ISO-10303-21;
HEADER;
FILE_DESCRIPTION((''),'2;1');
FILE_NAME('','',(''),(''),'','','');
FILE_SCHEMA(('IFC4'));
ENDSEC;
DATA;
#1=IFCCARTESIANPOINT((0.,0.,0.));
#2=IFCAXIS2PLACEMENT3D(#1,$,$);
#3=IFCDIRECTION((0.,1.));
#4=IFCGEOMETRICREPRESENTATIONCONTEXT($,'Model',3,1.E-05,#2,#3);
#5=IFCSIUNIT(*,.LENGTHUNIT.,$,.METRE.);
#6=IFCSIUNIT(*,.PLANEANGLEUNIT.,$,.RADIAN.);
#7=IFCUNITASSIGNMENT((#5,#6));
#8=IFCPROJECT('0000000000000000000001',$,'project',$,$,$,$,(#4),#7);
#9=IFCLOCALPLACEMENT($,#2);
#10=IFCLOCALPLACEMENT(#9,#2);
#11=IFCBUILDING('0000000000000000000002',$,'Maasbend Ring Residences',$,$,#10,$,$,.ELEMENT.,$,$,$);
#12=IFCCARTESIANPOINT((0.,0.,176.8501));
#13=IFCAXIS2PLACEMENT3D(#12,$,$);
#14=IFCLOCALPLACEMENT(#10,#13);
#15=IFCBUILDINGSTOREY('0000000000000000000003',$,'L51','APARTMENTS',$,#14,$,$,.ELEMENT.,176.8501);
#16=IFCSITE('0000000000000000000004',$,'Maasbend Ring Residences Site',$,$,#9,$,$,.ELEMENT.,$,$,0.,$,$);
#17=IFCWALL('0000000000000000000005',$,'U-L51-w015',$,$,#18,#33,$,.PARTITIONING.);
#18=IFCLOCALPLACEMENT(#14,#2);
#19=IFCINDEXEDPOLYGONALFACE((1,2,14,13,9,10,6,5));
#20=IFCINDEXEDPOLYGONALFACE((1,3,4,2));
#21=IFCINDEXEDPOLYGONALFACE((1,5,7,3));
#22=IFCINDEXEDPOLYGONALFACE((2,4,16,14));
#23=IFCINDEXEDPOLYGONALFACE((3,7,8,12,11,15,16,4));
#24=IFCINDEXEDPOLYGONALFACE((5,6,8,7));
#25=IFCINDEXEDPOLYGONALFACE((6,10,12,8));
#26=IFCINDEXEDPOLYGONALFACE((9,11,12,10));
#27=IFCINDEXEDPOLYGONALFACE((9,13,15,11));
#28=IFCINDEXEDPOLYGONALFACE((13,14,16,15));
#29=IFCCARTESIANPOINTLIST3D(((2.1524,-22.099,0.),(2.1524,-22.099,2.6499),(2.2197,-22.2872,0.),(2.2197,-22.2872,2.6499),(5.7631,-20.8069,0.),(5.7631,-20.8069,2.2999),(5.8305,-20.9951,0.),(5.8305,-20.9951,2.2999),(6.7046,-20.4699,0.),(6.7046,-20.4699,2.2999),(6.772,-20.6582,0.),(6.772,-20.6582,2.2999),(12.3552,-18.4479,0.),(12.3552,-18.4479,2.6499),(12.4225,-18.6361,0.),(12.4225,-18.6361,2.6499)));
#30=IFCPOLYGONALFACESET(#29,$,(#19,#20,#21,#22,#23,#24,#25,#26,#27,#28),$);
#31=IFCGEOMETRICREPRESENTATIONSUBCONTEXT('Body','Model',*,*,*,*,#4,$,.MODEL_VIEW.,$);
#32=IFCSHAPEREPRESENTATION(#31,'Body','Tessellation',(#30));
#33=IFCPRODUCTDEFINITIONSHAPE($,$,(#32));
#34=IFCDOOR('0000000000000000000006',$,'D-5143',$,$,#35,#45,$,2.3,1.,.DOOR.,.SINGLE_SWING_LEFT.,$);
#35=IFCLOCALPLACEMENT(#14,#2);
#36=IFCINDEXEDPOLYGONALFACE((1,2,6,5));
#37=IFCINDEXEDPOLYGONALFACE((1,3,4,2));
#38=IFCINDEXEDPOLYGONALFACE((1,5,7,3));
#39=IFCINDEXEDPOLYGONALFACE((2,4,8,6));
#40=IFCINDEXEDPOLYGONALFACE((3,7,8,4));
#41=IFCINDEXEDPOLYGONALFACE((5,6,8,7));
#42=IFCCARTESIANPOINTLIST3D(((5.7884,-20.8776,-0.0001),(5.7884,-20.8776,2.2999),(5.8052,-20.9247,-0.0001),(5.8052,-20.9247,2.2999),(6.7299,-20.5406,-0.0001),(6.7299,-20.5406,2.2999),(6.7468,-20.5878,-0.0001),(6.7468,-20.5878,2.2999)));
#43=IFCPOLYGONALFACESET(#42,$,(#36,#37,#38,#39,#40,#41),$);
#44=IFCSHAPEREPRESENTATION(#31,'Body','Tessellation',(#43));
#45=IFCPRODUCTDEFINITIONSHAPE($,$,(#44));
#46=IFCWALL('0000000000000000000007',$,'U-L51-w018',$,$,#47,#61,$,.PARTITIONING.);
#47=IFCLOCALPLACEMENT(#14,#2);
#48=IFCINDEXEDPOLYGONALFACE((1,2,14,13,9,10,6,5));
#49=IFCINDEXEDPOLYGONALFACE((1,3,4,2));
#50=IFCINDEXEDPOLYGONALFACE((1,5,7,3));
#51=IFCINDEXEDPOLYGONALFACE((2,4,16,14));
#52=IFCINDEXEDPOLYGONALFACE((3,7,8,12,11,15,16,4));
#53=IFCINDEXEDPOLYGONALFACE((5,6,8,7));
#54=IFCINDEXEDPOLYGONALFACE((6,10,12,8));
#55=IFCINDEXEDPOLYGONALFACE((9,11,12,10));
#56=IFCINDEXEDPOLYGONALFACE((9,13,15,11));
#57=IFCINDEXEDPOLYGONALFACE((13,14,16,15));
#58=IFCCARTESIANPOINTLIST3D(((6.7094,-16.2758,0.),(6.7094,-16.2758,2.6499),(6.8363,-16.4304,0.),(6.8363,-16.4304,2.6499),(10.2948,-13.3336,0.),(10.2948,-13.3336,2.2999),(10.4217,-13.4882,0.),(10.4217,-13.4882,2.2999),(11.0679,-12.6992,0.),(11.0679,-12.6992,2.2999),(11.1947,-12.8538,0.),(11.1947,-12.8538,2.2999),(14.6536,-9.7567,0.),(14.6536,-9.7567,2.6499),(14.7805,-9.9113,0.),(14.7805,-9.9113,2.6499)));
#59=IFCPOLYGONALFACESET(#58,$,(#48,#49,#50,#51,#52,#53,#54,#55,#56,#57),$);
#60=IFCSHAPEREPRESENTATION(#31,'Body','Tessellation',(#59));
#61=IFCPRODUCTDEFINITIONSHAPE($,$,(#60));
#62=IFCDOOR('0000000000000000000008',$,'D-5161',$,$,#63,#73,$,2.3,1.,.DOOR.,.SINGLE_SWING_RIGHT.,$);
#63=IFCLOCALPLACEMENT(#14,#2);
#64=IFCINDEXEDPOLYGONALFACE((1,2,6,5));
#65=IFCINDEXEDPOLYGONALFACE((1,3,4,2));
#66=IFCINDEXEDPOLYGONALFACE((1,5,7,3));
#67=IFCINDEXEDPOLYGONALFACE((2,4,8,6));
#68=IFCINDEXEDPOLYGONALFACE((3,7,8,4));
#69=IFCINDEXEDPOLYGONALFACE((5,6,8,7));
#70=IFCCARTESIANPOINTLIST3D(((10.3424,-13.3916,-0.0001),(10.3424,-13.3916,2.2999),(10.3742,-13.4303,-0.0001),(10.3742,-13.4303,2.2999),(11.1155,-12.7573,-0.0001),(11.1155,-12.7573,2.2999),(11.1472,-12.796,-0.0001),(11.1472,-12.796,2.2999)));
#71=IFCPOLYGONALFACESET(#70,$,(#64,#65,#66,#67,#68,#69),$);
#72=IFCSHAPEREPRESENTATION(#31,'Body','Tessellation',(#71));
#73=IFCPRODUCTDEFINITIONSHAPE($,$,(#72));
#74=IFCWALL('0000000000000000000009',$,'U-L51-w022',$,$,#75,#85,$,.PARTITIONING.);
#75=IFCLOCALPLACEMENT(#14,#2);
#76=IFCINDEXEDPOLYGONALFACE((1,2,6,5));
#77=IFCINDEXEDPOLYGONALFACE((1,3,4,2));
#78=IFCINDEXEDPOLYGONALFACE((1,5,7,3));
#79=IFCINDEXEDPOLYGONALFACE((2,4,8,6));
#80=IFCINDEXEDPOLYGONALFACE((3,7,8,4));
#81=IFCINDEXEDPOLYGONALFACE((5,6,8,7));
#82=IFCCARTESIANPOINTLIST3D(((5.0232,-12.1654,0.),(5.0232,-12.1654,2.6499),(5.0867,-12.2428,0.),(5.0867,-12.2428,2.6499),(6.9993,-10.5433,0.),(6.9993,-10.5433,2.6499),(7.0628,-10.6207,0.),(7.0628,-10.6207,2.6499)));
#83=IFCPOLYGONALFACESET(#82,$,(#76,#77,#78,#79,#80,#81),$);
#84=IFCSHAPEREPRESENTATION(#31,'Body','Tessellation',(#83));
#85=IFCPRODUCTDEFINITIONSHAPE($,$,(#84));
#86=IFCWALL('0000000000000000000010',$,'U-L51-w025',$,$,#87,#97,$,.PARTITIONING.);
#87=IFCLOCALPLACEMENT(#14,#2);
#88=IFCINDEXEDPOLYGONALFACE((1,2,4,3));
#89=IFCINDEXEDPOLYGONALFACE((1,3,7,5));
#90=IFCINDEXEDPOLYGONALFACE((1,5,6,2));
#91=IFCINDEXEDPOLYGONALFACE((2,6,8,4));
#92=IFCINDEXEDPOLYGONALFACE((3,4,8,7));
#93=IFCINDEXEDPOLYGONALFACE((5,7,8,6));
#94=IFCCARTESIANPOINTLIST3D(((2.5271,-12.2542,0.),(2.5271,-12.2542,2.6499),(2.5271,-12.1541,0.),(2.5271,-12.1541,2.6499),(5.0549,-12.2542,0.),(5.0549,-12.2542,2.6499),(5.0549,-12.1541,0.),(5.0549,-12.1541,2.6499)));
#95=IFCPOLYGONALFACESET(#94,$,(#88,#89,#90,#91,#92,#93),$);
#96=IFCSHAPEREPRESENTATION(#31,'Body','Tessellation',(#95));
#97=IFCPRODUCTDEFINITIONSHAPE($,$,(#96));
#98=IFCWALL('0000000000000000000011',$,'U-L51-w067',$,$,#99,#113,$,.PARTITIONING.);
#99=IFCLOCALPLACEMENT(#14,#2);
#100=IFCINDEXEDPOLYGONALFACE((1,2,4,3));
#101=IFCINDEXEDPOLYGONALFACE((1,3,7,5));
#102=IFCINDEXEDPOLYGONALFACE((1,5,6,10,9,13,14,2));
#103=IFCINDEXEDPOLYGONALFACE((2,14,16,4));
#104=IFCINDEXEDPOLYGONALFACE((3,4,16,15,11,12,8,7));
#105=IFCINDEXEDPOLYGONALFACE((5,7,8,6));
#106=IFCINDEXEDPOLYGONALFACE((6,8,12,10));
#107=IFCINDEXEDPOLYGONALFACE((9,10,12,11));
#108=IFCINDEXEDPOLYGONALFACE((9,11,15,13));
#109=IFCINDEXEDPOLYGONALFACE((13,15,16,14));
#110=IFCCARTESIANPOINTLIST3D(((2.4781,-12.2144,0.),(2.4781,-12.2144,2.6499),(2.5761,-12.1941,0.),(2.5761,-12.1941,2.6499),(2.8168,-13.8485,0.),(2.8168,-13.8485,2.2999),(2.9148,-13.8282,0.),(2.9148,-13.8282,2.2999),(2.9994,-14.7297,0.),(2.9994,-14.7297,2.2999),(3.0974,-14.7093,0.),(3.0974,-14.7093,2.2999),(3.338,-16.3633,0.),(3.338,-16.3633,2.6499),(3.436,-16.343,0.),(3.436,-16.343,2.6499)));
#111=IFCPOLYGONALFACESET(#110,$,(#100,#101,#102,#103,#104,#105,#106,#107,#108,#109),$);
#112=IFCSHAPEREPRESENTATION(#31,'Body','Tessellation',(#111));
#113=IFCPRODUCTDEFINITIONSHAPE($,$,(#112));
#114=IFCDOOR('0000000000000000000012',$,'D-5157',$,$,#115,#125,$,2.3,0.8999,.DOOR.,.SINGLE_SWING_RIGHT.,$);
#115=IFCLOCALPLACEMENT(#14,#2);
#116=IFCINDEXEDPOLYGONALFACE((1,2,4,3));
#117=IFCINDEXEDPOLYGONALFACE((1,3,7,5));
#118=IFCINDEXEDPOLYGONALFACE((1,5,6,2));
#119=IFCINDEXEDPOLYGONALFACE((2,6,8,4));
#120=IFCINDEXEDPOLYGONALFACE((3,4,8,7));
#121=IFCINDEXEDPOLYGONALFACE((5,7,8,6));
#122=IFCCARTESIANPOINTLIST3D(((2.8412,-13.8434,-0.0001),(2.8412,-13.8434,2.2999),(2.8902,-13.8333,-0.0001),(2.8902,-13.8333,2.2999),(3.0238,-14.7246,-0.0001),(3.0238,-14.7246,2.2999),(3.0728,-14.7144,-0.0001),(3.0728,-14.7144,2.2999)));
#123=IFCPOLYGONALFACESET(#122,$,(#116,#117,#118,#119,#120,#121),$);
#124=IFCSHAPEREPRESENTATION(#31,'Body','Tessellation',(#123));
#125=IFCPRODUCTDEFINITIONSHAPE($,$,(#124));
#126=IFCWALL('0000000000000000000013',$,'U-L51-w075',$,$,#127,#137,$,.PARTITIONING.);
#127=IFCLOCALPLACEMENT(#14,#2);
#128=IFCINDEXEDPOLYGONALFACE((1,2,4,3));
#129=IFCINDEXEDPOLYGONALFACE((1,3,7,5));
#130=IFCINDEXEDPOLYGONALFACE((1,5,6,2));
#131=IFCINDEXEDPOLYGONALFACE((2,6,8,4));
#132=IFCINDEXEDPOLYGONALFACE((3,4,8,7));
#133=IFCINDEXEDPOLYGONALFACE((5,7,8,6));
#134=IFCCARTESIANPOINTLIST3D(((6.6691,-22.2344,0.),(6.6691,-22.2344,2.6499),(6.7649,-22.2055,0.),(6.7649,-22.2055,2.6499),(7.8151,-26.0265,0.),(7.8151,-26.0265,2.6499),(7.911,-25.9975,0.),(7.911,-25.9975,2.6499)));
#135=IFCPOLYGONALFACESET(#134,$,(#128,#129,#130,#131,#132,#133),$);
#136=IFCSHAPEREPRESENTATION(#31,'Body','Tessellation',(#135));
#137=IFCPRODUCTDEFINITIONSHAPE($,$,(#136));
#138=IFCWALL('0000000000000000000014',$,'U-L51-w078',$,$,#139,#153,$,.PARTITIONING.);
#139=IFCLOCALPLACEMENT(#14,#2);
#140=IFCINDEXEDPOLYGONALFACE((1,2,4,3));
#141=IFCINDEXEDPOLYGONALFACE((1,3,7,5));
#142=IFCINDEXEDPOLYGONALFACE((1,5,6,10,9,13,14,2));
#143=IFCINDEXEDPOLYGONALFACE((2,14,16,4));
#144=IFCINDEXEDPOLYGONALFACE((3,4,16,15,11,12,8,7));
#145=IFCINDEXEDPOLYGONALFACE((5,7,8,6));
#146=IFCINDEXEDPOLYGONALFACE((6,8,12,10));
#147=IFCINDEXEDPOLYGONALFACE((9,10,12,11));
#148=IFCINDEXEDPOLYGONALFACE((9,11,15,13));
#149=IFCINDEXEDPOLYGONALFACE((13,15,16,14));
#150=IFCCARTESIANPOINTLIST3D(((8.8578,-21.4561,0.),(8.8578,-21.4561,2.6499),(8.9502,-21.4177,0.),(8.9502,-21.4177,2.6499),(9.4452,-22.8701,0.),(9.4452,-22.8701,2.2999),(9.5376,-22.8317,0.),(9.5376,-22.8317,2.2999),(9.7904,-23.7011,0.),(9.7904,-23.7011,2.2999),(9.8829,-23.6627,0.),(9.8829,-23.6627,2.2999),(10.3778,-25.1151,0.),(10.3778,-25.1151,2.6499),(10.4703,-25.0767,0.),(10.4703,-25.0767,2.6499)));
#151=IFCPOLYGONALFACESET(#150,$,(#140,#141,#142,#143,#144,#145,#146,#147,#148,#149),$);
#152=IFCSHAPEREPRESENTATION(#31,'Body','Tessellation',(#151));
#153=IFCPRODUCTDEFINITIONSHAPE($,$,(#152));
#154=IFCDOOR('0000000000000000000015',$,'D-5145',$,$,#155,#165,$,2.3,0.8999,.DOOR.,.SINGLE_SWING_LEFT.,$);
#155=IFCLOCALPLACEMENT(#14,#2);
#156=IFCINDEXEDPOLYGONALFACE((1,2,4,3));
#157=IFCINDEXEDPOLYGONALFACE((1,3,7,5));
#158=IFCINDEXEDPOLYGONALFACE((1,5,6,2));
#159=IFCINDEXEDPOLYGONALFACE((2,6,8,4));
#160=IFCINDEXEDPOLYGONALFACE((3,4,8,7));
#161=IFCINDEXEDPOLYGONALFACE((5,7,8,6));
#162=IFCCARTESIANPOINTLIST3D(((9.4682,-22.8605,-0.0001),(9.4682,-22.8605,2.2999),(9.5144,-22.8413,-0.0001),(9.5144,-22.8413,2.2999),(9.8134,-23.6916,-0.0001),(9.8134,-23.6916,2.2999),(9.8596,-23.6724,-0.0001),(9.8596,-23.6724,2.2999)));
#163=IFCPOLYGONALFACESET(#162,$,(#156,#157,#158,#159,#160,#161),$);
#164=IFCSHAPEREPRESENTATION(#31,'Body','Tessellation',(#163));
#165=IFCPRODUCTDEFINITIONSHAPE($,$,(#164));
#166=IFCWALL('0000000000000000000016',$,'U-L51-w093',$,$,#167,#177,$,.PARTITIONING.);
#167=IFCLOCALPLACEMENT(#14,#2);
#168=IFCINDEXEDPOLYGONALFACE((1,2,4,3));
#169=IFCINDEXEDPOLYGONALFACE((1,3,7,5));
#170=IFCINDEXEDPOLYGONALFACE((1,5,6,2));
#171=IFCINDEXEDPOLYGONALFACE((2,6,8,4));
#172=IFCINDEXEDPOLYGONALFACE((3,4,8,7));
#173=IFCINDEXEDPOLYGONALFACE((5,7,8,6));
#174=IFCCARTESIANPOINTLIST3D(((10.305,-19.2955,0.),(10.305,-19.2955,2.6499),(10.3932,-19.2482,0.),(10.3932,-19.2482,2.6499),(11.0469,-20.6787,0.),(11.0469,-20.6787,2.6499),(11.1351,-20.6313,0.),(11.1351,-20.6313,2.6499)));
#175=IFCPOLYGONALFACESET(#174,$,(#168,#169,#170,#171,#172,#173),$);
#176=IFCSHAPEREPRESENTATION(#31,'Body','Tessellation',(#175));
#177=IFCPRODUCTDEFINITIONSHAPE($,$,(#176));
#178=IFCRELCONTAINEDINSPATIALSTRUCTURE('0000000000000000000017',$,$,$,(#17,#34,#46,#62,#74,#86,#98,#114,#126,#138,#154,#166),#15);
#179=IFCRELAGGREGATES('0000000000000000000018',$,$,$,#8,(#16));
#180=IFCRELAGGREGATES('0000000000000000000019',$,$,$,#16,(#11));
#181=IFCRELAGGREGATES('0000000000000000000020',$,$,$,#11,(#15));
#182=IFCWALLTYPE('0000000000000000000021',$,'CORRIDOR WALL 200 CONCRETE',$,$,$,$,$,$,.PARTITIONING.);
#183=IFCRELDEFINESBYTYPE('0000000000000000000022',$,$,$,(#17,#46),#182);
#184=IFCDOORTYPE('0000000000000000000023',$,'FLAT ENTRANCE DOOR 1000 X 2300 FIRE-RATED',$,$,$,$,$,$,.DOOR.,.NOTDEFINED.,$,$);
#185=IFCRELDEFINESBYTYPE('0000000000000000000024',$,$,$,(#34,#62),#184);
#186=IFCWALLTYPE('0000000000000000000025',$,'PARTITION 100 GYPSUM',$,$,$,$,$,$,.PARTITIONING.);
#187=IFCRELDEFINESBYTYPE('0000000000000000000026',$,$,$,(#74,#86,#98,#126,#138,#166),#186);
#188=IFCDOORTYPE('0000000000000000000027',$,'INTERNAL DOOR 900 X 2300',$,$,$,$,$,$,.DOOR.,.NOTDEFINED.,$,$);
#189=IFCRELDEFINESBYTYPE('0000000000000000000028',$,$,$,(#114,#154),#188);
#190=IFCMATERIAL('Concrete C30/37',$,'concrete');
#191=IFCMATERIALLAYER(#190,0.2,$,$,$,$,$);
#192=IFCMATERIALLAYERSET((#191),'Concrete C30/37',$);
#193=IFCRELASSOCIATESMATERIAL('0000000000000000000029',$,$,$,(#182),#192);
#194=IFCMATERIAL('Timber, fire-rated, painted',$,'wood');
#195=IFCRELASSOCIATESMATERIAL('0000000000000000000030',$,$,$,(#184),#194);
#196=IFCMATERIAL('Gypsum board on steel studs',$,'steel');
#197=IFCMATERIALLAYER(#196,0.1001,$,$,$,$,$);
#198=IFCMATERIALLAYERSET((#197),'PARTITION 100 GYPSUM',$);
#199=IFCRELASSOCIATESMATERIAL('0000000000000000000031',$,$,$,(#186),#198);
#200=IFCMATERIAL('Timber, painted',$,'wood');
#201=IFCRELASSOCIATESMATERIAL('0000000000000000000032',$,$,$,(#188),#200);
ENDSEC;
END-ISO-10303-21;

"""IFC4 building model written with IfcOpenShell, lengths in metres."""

from ifc_helpers import new_model, si_unit, direction, frame, frame_2d, origin, place, context, subcontext, project, spatial, rectangle, extrude, material, layer, layer_set, type_object, element, fill, save


model = new_model("IFC4")

# Units and contexts
model_context = context("Model", 3, precision=1e-05, world=origin(), true_north=direction((0.0, 1.0)))
body_context = subcontext(model_context, "Body", "Model", "MODEL_VIEW")
ifc_project = project(units=[si_unit("LENGTHUNIT", "METRE"), si_unit("PLANEANGLEUNIT", "RADIAN")], contexts=[model_context])

# Site, building, storey
site_placement = place(None, origin())
site = spatial("IfcSite", under=ifc_project, at=site_placement, Name="Maasbend Ring Residences Site", CompositionType="ELEMENT", RefElevation=0.0)
building_placement = place(site_placement, origin())
building = spatial("IfcBuilding", under=site, at=building_placement, Name="Maasbend Ring Residences", CompositionType="ELEMENT")
storey_placement = place(building_placement, frame((0.0, 0.0, 176.8501)))
storey = spatial("IfcBuildingStorey", under=building, at=storey_placement, Name="L51", Description="APARTMENTS", CompositionType="ELEMENT", Elevation=176.8501)

# Walls, openings, doors
ifc_material_1 = material(Name="Concrete C30/37", Category="concrete")
ifc_layer_1 = layer(ifc_material_1, 0.2)
ifc_layer_set_1 = layer_set([ifc_layer_1], Name="Concrete C30/37")
wall_type_1 = type_object("IfcWallType", Name="CORRIDOR WALL 200 CONCRETE", PredefinedType="PARTITIONING", material=ifc_layer_set_1)
wall_1_placement = place(storey_placement, frame((2.186, -22.1931, 0.0), z_axis=(0.0, 0.0, 1.0), x_axis=(0.94153, 0.336929, 0.0)))
wall_1 = element("IfcWall", 1, at=wall_1_placement, inside=storey, type_object=wall_type_1, Name="U-L51-w015", PredefinedType="PARTITIONING", context=body_context, shape_type="SweptSolid", body=[
    extrude(rectangle(XDim=10.8364, YDim=0.2, at=frame_2d((5.4182, 0.0))), origin(), (0.0, 0.0, 1.0), 2.6499),
])
opening_1_placement = place(wall_1_placement, frame((3.835, 0.0, 0.0)))
opening_1 = element("IfcOpeningElement", 2, at=opening_1_placement, cuts=wall_1, PredefinedType="OPENING", context=body_context, shape_type="SweptSolid", body=[
    extrude(rectangle(XDim=1.0, YDim=2.3, at=frame_2d((0.5, 1.1499))), frame((0.0, 0.1099, 0.0), z_axis=(0.0, -1.0, 0.0), x_axis=(1.0, 0.0, 0.0)), (0.0, 0.0, 1.0), 0.22),
])
ifc_material_2 = material(Name="Timber, fire-rated, painted", Category="wood")
door_type_1 = type_object("IfcDoorType", Name="FLAT ENTRANCE DOOR 1000 X 2300 FIRE-RATED", OperationType="NOTDEFINED", PredefinedType="DOOR", material=ifc_material_2)
door_1_placement = place(opening_1_placement, origin())
door_1 = element("IfcDoor", 3, at=door_1_placement, inside=storey, type_object=door_type_1, Name="D-5143", OperationType="SINGLE_SWING_LEFT", OverallHeight=2.3, OverallWidth=1.0, PredefinedType="DOOR", context=body_context, shape_type="SweptSolid", body=[
    extrude(rectangle(XDim=1.0, YDim=2.3, at=frame_2d((0.5, 1.1499))), frame((0.0, 0.0249, 0.0), z_axis=(0.0, -1.0, 0.0), x_axis=(1.0, 0.0, 0.0)), (0.0, 0.0, 1.0), 0.05),
])
fill(opening_1, door_1)
wall_2_placement = place(storey_placement, frame((6.7729, -16.353, 0.0), z_axis=(0.0, 0.0, 1.0), x_axis=(0.773035, 0.634364, 0.0)))
wall_2 = element("IfcWall", 4, at=wall_2_placement, inside=storey, type_object=wall_type_1, Name="U-L51-w018", PredefinedType="PARTITIONING", context=body_context, shape_type="SweptSolid", body=[
    extrude(rectangle(XDim=10.2766, YDim=0.2, at=frame_2d((5.1382, 0.0))), origin(), (0.0, 0.0, 1.0), 2.6499),
])
opening_2_placement = place(wall_2_placement, frame((4.6379, 0.0, 0.0)))
opening_2 = element("IfcOpeningElement", 5, at=opening_2_placement, cuts=wall_2, PredefinedType="OPENING", context=body_context, shape_type="SweptSolid", body=[
    extrude(rectangle(XDim=1.0, YDim=2.3, at=frame_2d((0.5, 1.1499))), frame((0.0, 0.1099, 0.0), z_axis=(0.0, -1.0, 0.0), x_axis=(1.0, 0.0, 0.0)), (0.0, 0.0, 1.0), 0.22),
])
door_2_placement = place(opening_2_placement, origin())
door_2 = element("IfcDoor", 6, at=door_2_placement, inside=storey, type_object=door_type_1, Name="D-5161", OperationType="SINGLE_SWING_RIGHT", OverallHeight=2.3, OverallWidth=1.0, PredefinedType="DOOR", context=body_context, shape_type="SweptSolid", body=[
    extrude(rectangle(XDim=1.0, YDim=2.3, at=frame_2d((0.5, 1.1499))), frame((0.0, 0.0249, 0.0), z_axis=(0.0, -1.0, 0.0), x_axis=(1.0, 0.0, 0.0)), (0.0, 0.0, 1.0), 0.05),
])
fill(opening_2, door_2)

# Walls
ifc_material_3 = material(Name="Gypsum board on steel studs", Category="steel")
ifc_layer_2 = layer(ifc_material_3, 0.1001)
ifc_layer_set_2 = layer_set([ifc_layer_2], Name="PARTITION 100 GYPSUM")
wall_type_2 = type_object("IfcWallType", Name="PARTITION 100 GYPSUM", PredefinedType="PARTITIONING", material=ifc_layer_set_2)
wall_3_placement = place(storey_placement, frame((5.0549, -12.2041, 0.0), z_axis=(0.0, 0.0, 1.0), x_axis=(0.772944, 0.634475, 0.0)))
element("IfcWall", 7, at=wall_3_placement, inside=storey, type_object=wall_type_2, Name="U-L51-w022", PredefinedType="PARTITIONING", context=body_context, shape_type="SweptSolid", body=[
    extrude(rectangle(XDim=2.5566, YDim=0.1001, at=frame_2d((1.2783, 0.0))), origin(), (0.0, 0.0, 1.0), 2.6499),
])
wall_4_placement = place(storey_placement, frame((2.5271, -12.2041, 0.0), z_axis=(0.0, 0.0, 1.0), x_axis=(1.0, 0.0, 0.0)))
element("IfcWall", 8, at=wall_4_placement, inside=storey, type_object=wall_type_2, Name="U-L51-w025", PredefinedType="PARTITIONING", context=body_context, shape_type="SweptSolid", body=[
    extrude(rectangle(XDim=2.5278, YDim=0.1001, at=frame_2d((1.2639, 0.0))), origin(), (0.0, 0.0, 1.0), 2.6499),
])

# Wall, opening, door
wall_5_placement = place(storey_placement, frame((2.5271, -12.2041, 0.0), z_axis=(0.0, 0.0, 1.0), x_axis=(0.202937, -0.979192, 0.0)))
wall_5 = element("IfcWall", 9, at=wall_5_placement, inside=storey, type_object=wall_type_2, Name="U-L51-w067", PredefinedType="PARTITIONING", context=body_context, shape_type="SweptSolid", body=[
    extrude(rectangle(XDim=4.2371, YDim=0.1001, at=frame_2d((2.1187, 0.0))), origin(), (0.0, 0.0, 1.0), 2.6499),
])
opening_3_placement = place(wall_5_placement, frame((1.6689, 0.0, 0.0)))
opening_3 = element("IfcOpeningElement", 10, at=opening_3_placement, cuts=wall_5, PredefinedType="OPENING", context=body_context, shape_type="SweptSolid", body=[
    extrude(rectangle(XDim=0.8999, YDim=2.3, at=frame_2d((0.45, 1.1499))), frame((0.0, 0.0601, 0.0), z_axis=(0.0, -1.0, 0.0), x_axis=(1.0, 0.0, 0.0)), (0.0, 0.0, 1.0), 0.1201),
])
ifc_material_4 = material(Name="Timber, painted", Category="wood")
door_type_2 = type_object("IfcDoorType", Name="INTERNAL DOOR 900 X 2300", OperationType="NOTDEFINED", PredefinedType="DOOR", material=ifc_material_4)
door_3_placement = place(opening_3_placement, origin())
door_3 = element("IfcDoor", 11, at=door_3_placement, inside=storey, type_object=door_type_2, Name="D-5157", OperationType="SINGLE_SWING_RIGHT", OverallHeight=2.3, OverallWidth=0.8999, PredefinedType="DOOR", context=body_context, shape_type="SweptSolid", body=[
    extrude(rectangle(XDim=0.8999, YDim=2.3, at=frame_2d((0.45, 1.1499))), frame((0.0, 0.0249, 0.0), z_axis=(0.0, -1.0, 0.0), x_axis=(1.0, 0.0, 0.0)), (0.0, 0.0, 1.0), 0.05),
])
fill(opening_3, door_3)

# Wall
wall_6_placement = place(storey_placement, frame((6.717, -22.22, 0.0), z_axis=(0.0, 0.0, 1.0), x_axis=(0.289292, -0.957241, 0.0)))
element("IfcWall", 12, at=wall_6_placement, inside=storey, type_object=wall_type_2, Name="U-L51-w075", PredefinedType="PARTITIONING", context=body_context, shape_type="SweptSolid", body=[
    extrude(rectangle(XDim=3.9614, YDim=0.1001, at=frame_2d((1.9807, 0.0))), origin(), (0.0, 0.0, 1.0), 2.6499),
])

# Wall, opening, door
wall_7_placement = place(storey_placement, frame((8.9041, -21.437, 0.0), z_axis=(0.0, 0.0, 1.0), x_axis=(0.383639, -0.923483, 0.0)))
wall_7 = element("IfcWall", 13, at=wall_7_placement, inside=storey, type_object=wall_type_2, Name="U-L51-w078", PredefinedType="PARTITIONING", context=body_context, shape_type="SweptSolid", body=[
    extrude(rectangle(XDim=3.9622, YDim=0.1001, at=frame_2d((1.981, 0.0))), origin(), (0.0, 0.0, 1.0), 2.6499),
])
opening_4_placement = place(wall_7_placement, frame((1.531, 0.0, 0.0)))
opening_4 = element("IfcOpeningElement", 14, at=opening_4_placement, cuts=wall_7, PredefinedType="OPENING", context=body_context, shape_type="SweptSolid", body=[
    extrude(rectangle(XDim=0.8999, YDim=2.3, at=frame_2d((0.45, 1.1499))), frame((0.0, 0.0601, 0.0), z_axis=(0.0, -1.0, 0.0), x_axis=(1.0, 0.0, 0.0)), (0.0, 0.0, 1.0), 0.1201),
])
door_4_placement = place(opening_4_placement, origin())
door_4 = element("IfcDoor", 15, at=door_4_placement, inside=storey, type_object=door_type_2, Name="D-5145", OperationType="SINGLE_SWING_LEFT", OverallHeight=2.3, OverallWidth=0.8999, PredefinedType="DOOR", context=body_context, shape_type="SweptSolid", body=[
    extrude(rectangle(XDim=0.8999, YDim=2.3, at=frame_2d((0.45, 1.1499))), frame((0.0, 0.0249, 0.0), z_axis=(0.0, -1.0, 0.0), x_axis=(1.0, 0.0, 0.0)), (0.0, 0.0, 1.0), 0.05),
])
fill(opening_4, door_4)

# Wall
wall_8_placement = place(storey_placement, frame((10.3491, -19.272, 0.0), z_axis=(0.0, 0.0, 1.0), x_axis=(0.472726, -0.881209, 0.0)))
element("IfcWall", 16, at=wall_8_placement, inside=storey, type_object=wall_type_2, Name="U-L51-w093", PredefinedType="PARTITIONING", context=body_context, shape_type="SweptSolid", body=[
    extrude(rectangle(XDim=1.5696, YDim=0.1001, at=frame_2d((0.7847, 0.0))), origin(), (0.0, 0.0, 1.0), 2.6499),
])

save(model, "model.ifc")
